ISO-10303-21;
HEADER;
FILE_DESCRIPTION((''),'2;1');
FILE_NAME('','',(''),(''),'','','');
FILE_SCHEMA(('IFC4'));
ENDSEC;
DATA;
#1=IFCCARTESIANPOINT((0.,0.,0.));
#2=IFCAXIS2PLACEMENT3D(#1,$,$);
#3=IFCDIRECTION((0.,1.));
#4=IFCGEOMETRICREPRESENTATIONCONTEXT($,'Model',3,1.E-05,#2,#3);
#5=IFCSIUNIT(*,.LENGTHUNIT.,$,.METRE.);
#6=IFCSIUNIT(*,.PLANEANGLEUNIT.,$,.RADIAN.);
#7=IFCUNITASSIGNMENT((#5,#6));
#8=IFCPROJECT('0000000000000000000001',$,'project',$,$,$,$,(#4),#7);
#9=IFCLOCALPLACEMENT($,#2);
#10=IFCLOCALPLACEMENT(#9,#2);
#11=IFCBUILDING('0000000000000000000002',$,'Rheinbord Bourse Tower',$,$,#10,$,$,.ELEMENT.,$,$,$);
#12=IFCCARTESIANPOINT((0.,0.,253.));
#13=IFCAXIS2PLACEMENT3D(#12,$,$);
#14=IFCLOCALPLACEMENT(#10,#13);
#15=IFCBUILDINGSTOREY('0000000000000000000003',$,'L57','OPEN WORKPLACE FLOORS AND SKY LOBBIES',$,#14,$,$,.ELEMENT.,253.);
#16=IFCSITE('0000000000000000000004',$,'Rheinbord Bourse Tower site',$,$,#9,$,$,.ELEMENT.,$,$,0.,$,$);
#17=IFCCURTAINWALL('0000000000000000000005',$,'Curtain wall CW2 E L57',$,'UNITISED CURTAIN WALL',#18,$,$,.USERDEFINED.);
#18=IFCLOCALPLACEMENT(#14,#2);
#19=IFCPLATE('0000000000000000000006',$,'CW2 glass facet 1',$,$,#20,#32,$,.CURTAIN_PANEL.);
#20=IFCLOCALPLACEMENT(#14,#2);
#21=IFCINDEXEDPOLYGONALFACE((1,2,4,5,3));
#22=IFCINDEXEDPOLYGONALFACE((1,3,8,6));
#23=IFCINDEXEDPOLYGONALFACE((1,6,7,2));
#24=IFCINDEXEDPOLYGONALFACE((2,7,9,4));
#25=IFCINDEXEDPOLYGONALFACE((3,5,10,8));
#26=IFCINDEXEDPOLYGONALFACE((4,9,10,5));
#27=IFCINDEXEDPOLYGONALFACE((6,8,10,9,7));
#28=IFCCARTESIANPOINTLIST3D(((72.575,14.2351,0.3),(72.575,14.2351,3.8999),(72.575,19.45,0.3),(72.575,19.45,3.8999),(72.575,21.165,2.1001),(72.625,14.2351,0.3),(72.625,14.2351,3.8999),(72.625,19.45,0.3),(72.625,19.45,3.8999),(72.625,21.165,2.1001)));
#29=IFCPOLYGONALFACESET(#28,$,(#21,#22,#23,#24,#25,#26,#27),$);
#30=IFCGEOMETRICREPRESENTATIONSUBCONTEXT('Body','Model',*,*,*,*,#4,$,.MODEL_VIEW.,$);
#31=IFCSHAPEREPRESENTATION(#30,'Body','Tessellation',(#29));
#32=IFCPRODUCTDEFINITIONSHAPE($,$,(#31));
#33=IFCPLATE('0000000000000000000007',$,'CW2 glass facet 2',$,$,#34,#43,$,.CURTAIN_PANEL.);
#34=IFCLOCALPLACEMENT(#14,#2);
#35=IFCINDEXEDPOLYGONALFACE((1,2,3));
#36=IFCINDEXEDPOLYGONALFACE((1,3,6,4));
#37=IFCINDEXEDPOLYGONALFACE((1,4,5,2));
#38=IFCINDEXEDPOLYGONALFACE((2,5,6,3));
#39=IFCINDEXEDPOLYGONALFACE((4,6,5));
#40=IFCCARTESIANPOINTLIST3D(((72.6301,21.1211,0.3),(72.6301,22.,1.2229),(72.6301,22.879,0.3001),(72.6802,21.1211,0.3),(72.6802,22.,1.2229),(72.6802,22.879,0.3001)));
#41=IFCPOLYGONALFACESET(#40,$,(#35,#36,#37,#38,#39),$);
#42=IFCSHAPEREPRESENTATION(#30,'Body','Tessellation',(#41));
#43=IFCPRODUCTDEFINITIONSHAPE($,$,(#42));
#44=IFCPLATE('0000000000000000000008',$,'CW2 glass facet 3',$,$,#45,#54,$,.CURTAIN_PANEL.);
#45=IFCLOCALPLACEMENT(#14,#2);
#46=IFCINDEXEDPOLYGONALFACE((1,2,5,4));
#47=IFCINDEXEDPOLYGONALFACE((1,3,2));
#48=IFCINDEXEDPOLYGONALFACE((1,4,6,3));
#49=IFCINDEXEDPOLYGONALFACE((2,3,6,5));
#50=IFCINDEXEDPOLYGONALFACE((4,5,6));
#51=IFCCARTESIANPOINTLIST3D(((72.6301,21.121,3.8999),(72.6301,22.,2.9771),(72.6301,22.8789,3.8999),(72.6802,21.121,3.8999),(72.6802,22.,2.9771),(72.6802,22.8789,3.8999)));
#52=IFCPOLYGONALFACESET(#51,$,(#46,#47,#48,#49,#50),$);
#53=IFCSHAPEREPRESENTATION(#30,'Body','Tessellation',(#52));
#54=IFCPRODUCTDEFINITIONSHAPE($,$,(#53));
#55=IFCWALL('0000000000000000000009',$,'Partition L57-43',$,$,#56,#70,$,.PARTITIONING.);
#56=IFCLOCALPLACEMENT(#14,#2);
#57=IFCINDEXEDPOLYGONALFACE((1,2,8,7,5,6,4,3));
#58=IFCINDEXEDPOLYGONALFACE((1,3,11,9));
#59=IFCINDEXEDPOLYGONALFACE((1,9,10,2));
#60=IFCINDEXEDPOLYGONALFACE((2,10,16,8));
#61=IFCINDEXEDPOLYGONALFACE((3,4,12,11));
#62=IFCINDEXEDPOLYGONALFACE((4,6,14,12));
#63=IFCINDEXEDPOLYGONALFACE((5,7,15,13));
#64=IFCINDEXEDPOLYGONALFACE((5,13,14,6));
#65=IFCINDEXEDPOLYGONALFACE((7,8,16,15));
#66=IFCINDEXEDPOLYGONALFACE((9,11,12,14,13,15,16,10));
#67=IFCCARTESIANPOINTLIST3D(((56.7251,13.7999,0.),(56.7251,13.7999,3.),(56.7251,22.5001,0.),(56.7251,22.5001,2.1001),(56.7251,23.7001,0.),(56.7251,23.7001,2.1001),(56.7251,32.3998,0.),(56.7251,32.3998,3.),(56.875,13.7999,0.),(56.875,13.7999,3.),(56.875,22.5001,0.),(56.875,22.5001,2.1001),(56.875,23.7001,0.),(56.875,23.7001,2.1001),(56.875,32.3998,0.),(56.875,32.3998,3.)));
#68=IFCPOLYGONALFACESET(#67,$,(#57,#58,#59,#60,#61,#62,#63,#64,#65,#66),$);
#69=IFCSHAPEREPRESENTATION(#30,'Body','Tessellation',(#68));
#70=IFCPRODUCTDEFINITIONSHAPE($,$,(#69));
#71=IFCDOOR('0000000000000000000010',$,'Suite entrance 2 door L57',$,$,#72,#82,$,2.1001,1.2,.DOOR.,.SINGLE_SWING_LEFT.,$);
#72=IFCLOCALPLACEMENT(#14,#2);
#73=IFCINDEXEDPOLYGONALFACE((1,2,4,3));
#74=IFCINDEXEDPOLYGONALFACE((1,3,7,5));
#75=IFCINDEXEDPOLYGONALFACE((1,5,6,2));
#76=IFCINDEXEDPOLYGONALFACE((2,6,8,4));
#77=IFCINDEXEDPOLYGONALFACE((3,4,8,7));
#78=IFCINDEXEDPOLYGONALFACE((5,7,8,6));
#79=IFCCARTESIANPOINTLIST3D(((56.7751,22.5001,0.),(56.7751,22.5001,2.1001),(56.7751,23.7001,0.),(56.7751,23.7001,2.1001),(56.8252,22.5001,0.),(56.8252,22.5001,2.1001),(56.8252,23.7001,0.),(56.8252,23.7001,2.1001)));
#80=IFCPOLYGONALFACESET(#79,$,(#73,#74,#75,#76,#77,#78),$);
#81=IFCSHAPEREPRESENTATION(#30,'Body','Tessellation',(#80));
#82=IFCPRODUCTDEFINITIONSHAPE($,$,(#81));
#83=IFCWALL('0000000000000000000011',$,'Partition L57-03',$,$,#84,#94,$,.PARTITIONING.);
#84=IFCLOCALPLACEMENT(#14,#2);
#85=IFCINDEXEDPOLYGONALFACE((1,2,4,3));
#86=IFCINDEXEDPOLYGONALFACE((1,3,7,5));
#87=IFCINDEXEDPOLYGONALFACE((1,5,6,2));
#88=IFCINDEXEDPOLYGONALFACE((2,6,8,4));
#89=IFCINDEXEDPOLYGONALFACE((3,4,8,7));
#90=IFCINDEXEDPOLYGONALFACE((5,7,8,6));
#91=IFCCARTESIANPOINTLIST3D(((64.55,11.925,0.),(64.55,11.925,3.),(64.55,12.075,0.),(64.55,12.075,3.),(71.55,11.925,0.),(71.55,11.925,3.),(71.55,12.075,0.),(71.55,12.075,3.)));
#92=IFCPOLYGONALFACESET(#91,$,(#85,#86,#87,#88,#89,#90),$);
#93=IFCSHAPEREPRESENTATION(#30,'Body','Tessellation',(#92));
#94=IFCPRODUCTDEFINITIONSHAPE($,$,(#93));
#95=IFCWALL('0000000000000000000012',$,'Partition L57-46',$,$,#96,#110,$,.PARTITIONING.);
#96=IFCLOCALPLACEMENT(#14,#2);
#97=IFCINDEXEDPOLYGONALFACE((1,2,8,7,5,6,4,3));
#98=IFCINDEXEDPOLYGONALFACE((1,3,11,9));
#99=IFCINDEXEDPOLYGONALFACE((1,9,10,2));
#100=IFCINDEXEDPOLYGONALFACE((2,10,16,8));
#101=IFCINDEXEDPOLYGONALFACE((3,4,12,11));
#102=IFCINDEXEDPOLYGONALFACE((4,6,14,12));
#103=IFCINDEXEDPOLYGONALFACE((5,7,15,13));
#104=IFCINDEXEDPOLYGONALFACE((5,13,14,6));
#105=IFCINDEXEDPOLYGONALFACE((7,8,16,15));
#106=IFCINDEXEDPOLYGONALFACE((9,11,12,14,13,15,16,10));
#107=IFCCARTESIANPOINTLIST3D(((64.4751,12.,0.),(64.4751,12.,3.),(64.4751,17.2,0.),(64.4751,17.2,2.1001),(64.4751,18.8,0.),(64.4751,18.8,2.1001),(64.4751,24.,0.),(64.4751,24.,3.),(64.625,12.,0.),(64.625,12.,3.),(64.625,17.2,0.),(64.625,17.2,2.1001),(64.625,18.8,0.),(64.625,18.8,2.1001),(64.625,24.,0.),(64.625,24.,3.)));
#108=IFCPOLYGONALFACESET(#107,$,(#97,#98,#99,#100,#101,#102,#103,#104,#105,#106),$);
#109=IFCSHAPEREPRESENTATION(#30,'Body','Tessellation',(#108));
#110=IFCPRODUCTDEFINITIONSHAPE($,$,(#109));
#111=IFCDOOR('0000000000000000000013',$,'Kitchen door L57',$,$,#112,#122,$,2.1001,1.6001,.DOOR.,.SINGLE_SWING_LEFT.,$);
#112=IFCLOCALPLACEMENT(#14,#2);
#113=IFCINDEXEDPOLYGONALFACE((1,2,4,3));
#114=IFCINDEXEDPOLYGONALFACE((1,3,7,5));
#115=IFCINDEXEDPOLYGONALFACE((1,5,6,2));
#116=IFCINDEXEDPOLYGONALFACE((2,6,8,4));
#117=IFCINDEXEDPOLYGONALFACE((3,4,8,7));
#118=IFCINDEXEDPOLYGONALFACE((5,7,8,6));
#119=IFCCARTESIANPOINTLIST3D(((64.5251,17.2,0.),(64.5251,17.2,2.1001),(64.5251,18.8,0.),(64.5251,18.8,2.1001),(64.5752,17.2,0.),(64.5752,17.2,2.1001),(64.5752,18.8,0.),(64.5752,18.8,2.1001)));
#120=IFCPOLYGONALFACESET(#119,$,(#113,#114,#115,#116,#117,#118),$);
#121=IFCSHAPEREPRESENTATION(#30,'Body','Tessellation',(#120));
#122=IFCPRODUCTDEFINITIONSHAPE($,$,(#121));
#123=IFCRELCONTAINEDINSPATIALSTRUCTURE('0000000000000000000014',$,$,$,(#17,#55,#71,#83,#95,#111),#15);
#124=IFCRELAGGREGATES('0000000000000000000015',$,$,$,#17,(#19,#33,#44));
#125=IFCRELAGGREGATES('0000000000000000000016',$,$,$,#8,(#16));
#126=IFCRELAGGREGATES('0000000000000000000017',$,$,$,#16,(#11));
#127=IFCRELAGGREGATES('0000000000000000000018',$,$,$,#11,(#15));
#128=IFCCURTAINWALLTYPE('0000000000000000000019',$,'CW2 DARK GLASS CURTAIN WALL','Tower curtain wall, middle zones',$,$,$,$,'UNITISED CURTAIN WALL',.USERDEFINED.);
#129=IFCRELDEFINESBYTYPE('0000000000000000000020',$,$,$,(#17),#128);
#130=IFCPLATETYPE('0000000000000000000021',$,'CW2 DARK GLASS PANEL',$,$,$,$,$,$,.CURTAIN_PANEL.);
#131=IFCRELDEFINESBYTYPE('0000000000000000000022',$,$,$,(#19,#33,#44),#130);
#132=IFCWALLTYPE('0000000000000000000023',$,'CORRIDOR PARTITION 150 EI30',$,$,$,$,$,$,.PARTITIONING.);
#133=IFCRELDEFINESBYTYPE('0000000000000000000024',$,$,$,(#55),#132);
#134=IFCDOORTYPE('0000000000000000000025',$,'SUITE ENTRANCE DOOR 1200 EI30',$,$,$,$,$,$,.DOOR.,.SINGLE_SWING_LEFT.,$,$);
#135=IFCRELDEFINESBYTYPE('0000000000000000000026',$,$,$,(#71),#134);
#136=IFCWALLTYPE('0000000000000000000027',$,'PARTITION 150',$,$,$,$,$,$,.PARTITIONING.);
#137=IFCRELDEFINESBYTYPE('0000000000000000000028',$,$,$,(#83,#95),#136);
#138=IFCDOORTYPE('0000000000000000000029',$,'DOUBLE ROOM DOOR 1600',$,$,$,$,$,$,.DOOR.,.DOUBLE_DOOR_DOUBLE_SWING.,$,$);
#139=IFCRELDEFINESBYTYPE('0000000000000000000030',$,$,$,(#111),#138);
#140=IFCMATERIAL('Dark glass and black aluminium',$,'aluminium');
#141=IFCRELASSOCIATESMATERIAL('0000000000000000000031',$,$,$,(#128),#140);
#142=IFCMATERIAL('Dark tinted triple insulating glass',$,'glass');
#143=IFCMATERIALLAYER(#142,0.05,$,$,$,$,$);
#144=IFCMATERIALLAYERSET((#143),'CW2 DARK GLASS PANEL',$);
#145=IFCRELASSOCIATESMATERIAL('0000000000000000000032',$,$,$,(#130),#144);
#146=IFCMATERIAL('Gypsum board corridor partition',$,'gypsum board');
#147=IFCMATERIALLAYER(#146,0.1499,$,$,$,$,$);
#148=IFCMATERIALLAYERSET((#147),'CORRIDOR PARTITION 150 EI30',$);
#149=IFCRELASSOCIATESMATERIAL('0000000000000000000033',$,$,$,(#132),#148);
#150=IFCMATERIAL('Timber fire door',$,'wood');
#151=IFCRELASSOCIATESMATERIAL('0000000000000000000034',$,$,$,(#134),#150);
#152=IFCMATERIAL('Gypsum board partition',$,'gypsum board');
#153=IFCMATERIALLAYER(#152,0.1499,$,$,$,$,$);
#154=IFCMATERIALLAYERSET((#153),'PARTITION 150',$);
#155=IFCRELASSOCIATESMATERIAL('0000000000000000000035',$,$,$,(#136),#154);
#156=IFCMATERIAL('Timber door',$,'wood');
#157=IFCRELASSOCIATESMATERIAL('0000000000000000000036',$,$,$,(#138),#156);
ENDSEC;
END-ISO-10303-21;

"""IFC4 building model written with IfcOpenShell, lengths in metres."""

from ifc_helpers import new_model, si_unit, direction, frame, frame_2d, origin, place, context, subcontext, project, spatial, polyline, rectangle, outline, extrude, material, layer, layer_set, type_object, element, fill, aggregate, save


model = new_model("IFC4")

# Units and contexts
model_context = context("Model", 3, precision=1e-05, world=origin(), true_north=direction((0.0, 1.0)))
body_context = subcontext(model_context, "Body", "Model", "MODEL_VIEW")
ifc_project = project(units=[si_unit("LENGTHUNIT", "METRE"), si_unit("PLANEANGLEUNIT", "RADIAN")], contexts=[model_context])

# Site, building, storey
site_placement = place(None, origin())
site = spatial("IfcSite", under=ifc_project, at=site_placement, Name="Rheinbord Bourse Tower site", CompositionType="ELEMENT", RefElevation=0.0)
building_placement = place(site_placement, origin())
building = spatial("IfcBuilding", under=site, at=building_placement, Name="Rheinbord Bourse Tower", CompositionType="ELEMENT")
storey_placement = place(building_placement, frame((0.0, 0.0, 253.0)))
storey = spatial("IfcBuildingStorey", under=building, at=storey_placement, Name="L57", Description="OPEN WORKPLACE FLOORS AND SKY LOBBIES", CompositionType="ELEMENT", Elevation=253.0)

# Curtain wall
ifc_material_1 = material(Name="Dark glass and black aluminium", Category="aluminium")
curtain_wall_type = type_object("IfcCurtainWallType", Name="CW2 DARK GLASS CURTAIN WALL", Description="Tower curtain wall, middle zones", ElementType="UNITISED CURTAIN WALL", PredefinedType="USERDEFINED", material=ifc_material_1)
curtain_wall_placement = place(storey_placement, origin())
curtain_wall = element("IfcCurtainWall", 1, at=curtain_wall_placement, inside=storey, type_object=curtain_wall_type, Name="Curtain wall CW2 E L57", ObjectType="UNITISED CURTAIN WALL", PredefinedType="USERDEFINED")

# Plates
ifc_material_2 = material(Name="Dark tinted triple insulating glass", Category="glass")
ifc_layer_1 = layer(ifc_material_2, 0.05)
ifc_layer_set_1 = layer_set([ifc_layer_1], Name="CW2 DARK GLASS PANEL")
plate_type = type_object("IfcPlateType", Name="CW2 DARK GLASS PANEL", PredefinedType="CURTAIN_PANEL", material=ifc_layer_set_1)
plate_1_placement = place(storey_placement, frame((72.625, 14.2351, 0.3), z_axis=(-1.0, 0.0, 0.0), x_axis=(0.0, 0.0, 1.0)))
plate_1 = element("IfcPlate", 2, at=plate_1_placement, type_object=plate_type, Name="CW2 glass facet 1", PredefinedType="CURTAIN_PANEL", context=body_context, shape_type="SweptSolid", body=[
    extrude(outline(polyline([(0.0, 0.0), (3.5999, 0.0), (3.5999, 5.2148), (1.8, 6.9299), (0.0, 5.2148), (0.0, 0.0)])), origin(), (0.0, 0.0, 1.0), 0.05),
])
plate_2_placement = place(storey_placement, frame((72.6802, 21.1211, 0.3), z_axis=(-1.0, 0.0, 0.0), x_axis=(0.0, 0.689655, 0.724138)))
plate_2 = element("IfcPlate", 3, at=plate_2_placement, type_object=plate_type, Name="CW2 glass facet 2", PredefinedType="CURTAIN_PANEL", context=body_context, shape_type="SweptSolid", body=[
    extrude(outline(polyline([(0.0, 0.0), (1.2744, 0.0), (1.2124, 1.2729), (0.0, 0.0)])), origin(), (0.0, 0.0, 1.0), 0.05),
])
plate_3_placement = place(storey_placement, frame((72.6802, 22.8789, 3.8999), z_axis=(-1.0, 0.0, 0.0), x_axis=(0.0, -0.689655, -0.724138)))
plate_3 = element("IfcPlate", 4, at=plate_3_placement, type_object=plate_type, Name="CW2 glass facet 3", PredefinedType="CURTAIN_PANEL", context=body_context, shape_type="SweptSolid", body=[
    extrude(outline(polyline([(0.0, 0.0), (1.2744, 0.0), (1.2124, 1.2729), (0.0, 0.0)])), origin(), (0.0, 0.0, 1.0), 0.05),
])
aggregate(curtain_wall, [plate_1, plate_2, plate_3])

# Wall, opening, door
ifc_material_3 = material(Name="Gypsum board corridor partition", Category="gypsum board")
ifc_layer_2 = layer(ifc_material_3, 0.1499)
ifc_layer_set_2 = layer_set([ifc_layer_2], Name="CORRIDOR PARTITION 150 EI30")
wall_type_1 = type_object("IfcWallType", Name="CORRIDOR PARTITION 150 EI30", PredefinedType="PARTITIONING", material=ifc_layer_set_2)
wall_1_placement = place(storey_placement, frame((56.8, 13.8, 0.0), z_axis=(0.0, 0.0, 1.0), x_axis=(0.0, 1.0, 0.0)))
wall_1 = element("IfcWall", 5, at=wall_1_placement, inside=storey, type_object=wall_type_1, Name="Partition L57-43", PredefinedType="PARTITIONING", context=body_context, shape_type="SweptSolid", body=[
    extrude(rectangle(XDim=18.5999, YDim=0.1499, at=frame_2d((9.2998, 0.0))), origin(), (0.0, 0.0, 1.0), 3.0),
])
opening_1_placement = place(wall_1_placement, frame((8.7, 0.0, 0.0)))
opening_1 = element("IfcOpeningElement", 6, at=opening_1_placement, cuts=wall_1, PredefinedType="OPENING", context=body_context, shape_type="SweptSolid", body=[
    extrude(rectangle(XDim=1.2, YDim=2.1001, at=frame_2d((0.6001, 1.05))), frame((0.0, 0.085, 0.0), z_axis=(0.0, -1.0, 0.0), x_axis=(1.0, 0.0, 0.0)), (0.0, 0.0, 1.0), 0.1699),
])
ifc_material_4 = material(Name="Timber fire door", Category="wood")
door_type_1 = type_object("IfcDoorType", Name="SUITE ENTRANCE DOOR 1200 EI30", OperationType="SINGLE_SWING_LEFT", PredefinedType="DOOR", material=ifc_material_4)
door_1_placement = place(opening_1_placement, origin())
door_1 = element("IfcDoor", 7, at=door_1_placement, inside=storey, type_object=door_type_1, Name="Suite entrance 2 door L57", OperationType="SINGLE_SWING_LEFT", OverallHeight=2.1001, OverallWidth=1.2, PredefinedType="DOOR", context=body_context, shape_type="SweptSolid", body=[
    extrude(rectangle(XDim=1.2, YDim=2.1001, at=frame_2d((0.6001, 1.05))), frame((0.0, 0.0249, 0.0), z_axis=(0.0, -1.0, 0.0), x_axis=(1.0, 0.0, 0.0)), (0.0, 0.0, 1.0), 0.05),
])
fill(opening_1, door_1)

# Wall
ifc_material_5 = material(Name="Gypsum board partition", Category="gypsum board")
ifc_layer_3 = layer(ifc_material_5, 0.1499)
ifc_layer_set_3 = layer_set([ifc_layer_3], Name="PARTITION 150")
wall_type_2 = type_object("IfcWallType", Name="PARTITION 150", PredefinedType="PARTITIONING", material=ifc_layer_set_3)
wall_2_placement = place(storey_placement, frame((64.55, 12.0, 0.0), z_axis=(0.0, 0.0, 1.0), x_axis=(1.0, 0.0, 0.0)))
element("IfcWall", 8, at=wall_2_placement, inside=storey, type_object=wall_type_2, Name="Partition L57-03", PredefinedType="PARTITIONING", context=body_context, shape_type="SweptSolid", body=[
    extrude(rectangle(XDim=7.0, YDim=0.1499, at=frame_2d((3.5, 0.0))), origin(), (0.0, 0.0, 1.0), 3.0),
])

# Wall, opening, door
wall_3_placement = place(storey_placement, frame((64.55, 12.0, 0.0), z_axis=(0.0, 0.0, 1.0), x_axis=(0.0, 1.0, 0.0)))
wall_3 = element("IfcWall", 9, at=wall_3_placement, inside=storey, type_object=wall_type_2, Name="Partition L57-46", PredefinedType="PARTITIONING", context=body_context, shape_type="SweptSolid", body=[
    extrude(rectangle(XDim=12.0, YDim=0.1499, at=frame_2d((6.0, 0.0))), origin(), (0.0, 0.0, 1.0), 3.0),
])
opening_2_placement = place(wall_3_placement, frame((5.2, 0.0, 0.0)))
opening_2 = element("IfcOpeningElement", 10, at=opening_2_placement, cuts=wall_3, PredefinedType="OPENING", context=body_context, shape_type="SweptSolid", body=[
    extrude(rectangle(XDim=1.6001, YDim=2.1001, at=frame_2d((0.8, 1.05))), frame((0.0, 0.085, 0.0), z_axis=(0.0, -1.0, 0.0), x_axis=(1.0, 0.0, 0.0)), (0.0, 0.0, 1.0), 0.1699),
])
ifc_material_6 = material(Name="Timber door", Category="wood")
door_type_2 = type_object("IfcDoorType", Name="DOUBLE ROOM DOOR 1600", OperationType="DOUBLE_DOOR_DOUBLE_SWING", PredefinedType="DOOR", material=ifc_material_6)
door_2_placement = place(opening_2_placement, origin())
door_2 = element("IfcDoor", 11, at=door_2_placement, inside=storey, type_object=door_type_2, Name="Kitchen door L57", OperationType="SINGLE_SWING_LEFT", OverallHeight=2.1001, OverallWidth=1.6001, PredefinedType="DOOR", context=body_context, shape_type="SweptSolid", body=[
    extrude(rectangle(XDim=1.6001, YDim=2.1001, at=frame_2d((0.8, 1.05))), frame((0.0, 0.0249, 0.0), z_axis=(0.0, -1.0, 0.0), x_axis=(1.0, 0.0, 0.0)), (0.0, 0.0, 1.0), 0.05),
])
fill(opening_2, door_2)

save(model, "model.ifc")
